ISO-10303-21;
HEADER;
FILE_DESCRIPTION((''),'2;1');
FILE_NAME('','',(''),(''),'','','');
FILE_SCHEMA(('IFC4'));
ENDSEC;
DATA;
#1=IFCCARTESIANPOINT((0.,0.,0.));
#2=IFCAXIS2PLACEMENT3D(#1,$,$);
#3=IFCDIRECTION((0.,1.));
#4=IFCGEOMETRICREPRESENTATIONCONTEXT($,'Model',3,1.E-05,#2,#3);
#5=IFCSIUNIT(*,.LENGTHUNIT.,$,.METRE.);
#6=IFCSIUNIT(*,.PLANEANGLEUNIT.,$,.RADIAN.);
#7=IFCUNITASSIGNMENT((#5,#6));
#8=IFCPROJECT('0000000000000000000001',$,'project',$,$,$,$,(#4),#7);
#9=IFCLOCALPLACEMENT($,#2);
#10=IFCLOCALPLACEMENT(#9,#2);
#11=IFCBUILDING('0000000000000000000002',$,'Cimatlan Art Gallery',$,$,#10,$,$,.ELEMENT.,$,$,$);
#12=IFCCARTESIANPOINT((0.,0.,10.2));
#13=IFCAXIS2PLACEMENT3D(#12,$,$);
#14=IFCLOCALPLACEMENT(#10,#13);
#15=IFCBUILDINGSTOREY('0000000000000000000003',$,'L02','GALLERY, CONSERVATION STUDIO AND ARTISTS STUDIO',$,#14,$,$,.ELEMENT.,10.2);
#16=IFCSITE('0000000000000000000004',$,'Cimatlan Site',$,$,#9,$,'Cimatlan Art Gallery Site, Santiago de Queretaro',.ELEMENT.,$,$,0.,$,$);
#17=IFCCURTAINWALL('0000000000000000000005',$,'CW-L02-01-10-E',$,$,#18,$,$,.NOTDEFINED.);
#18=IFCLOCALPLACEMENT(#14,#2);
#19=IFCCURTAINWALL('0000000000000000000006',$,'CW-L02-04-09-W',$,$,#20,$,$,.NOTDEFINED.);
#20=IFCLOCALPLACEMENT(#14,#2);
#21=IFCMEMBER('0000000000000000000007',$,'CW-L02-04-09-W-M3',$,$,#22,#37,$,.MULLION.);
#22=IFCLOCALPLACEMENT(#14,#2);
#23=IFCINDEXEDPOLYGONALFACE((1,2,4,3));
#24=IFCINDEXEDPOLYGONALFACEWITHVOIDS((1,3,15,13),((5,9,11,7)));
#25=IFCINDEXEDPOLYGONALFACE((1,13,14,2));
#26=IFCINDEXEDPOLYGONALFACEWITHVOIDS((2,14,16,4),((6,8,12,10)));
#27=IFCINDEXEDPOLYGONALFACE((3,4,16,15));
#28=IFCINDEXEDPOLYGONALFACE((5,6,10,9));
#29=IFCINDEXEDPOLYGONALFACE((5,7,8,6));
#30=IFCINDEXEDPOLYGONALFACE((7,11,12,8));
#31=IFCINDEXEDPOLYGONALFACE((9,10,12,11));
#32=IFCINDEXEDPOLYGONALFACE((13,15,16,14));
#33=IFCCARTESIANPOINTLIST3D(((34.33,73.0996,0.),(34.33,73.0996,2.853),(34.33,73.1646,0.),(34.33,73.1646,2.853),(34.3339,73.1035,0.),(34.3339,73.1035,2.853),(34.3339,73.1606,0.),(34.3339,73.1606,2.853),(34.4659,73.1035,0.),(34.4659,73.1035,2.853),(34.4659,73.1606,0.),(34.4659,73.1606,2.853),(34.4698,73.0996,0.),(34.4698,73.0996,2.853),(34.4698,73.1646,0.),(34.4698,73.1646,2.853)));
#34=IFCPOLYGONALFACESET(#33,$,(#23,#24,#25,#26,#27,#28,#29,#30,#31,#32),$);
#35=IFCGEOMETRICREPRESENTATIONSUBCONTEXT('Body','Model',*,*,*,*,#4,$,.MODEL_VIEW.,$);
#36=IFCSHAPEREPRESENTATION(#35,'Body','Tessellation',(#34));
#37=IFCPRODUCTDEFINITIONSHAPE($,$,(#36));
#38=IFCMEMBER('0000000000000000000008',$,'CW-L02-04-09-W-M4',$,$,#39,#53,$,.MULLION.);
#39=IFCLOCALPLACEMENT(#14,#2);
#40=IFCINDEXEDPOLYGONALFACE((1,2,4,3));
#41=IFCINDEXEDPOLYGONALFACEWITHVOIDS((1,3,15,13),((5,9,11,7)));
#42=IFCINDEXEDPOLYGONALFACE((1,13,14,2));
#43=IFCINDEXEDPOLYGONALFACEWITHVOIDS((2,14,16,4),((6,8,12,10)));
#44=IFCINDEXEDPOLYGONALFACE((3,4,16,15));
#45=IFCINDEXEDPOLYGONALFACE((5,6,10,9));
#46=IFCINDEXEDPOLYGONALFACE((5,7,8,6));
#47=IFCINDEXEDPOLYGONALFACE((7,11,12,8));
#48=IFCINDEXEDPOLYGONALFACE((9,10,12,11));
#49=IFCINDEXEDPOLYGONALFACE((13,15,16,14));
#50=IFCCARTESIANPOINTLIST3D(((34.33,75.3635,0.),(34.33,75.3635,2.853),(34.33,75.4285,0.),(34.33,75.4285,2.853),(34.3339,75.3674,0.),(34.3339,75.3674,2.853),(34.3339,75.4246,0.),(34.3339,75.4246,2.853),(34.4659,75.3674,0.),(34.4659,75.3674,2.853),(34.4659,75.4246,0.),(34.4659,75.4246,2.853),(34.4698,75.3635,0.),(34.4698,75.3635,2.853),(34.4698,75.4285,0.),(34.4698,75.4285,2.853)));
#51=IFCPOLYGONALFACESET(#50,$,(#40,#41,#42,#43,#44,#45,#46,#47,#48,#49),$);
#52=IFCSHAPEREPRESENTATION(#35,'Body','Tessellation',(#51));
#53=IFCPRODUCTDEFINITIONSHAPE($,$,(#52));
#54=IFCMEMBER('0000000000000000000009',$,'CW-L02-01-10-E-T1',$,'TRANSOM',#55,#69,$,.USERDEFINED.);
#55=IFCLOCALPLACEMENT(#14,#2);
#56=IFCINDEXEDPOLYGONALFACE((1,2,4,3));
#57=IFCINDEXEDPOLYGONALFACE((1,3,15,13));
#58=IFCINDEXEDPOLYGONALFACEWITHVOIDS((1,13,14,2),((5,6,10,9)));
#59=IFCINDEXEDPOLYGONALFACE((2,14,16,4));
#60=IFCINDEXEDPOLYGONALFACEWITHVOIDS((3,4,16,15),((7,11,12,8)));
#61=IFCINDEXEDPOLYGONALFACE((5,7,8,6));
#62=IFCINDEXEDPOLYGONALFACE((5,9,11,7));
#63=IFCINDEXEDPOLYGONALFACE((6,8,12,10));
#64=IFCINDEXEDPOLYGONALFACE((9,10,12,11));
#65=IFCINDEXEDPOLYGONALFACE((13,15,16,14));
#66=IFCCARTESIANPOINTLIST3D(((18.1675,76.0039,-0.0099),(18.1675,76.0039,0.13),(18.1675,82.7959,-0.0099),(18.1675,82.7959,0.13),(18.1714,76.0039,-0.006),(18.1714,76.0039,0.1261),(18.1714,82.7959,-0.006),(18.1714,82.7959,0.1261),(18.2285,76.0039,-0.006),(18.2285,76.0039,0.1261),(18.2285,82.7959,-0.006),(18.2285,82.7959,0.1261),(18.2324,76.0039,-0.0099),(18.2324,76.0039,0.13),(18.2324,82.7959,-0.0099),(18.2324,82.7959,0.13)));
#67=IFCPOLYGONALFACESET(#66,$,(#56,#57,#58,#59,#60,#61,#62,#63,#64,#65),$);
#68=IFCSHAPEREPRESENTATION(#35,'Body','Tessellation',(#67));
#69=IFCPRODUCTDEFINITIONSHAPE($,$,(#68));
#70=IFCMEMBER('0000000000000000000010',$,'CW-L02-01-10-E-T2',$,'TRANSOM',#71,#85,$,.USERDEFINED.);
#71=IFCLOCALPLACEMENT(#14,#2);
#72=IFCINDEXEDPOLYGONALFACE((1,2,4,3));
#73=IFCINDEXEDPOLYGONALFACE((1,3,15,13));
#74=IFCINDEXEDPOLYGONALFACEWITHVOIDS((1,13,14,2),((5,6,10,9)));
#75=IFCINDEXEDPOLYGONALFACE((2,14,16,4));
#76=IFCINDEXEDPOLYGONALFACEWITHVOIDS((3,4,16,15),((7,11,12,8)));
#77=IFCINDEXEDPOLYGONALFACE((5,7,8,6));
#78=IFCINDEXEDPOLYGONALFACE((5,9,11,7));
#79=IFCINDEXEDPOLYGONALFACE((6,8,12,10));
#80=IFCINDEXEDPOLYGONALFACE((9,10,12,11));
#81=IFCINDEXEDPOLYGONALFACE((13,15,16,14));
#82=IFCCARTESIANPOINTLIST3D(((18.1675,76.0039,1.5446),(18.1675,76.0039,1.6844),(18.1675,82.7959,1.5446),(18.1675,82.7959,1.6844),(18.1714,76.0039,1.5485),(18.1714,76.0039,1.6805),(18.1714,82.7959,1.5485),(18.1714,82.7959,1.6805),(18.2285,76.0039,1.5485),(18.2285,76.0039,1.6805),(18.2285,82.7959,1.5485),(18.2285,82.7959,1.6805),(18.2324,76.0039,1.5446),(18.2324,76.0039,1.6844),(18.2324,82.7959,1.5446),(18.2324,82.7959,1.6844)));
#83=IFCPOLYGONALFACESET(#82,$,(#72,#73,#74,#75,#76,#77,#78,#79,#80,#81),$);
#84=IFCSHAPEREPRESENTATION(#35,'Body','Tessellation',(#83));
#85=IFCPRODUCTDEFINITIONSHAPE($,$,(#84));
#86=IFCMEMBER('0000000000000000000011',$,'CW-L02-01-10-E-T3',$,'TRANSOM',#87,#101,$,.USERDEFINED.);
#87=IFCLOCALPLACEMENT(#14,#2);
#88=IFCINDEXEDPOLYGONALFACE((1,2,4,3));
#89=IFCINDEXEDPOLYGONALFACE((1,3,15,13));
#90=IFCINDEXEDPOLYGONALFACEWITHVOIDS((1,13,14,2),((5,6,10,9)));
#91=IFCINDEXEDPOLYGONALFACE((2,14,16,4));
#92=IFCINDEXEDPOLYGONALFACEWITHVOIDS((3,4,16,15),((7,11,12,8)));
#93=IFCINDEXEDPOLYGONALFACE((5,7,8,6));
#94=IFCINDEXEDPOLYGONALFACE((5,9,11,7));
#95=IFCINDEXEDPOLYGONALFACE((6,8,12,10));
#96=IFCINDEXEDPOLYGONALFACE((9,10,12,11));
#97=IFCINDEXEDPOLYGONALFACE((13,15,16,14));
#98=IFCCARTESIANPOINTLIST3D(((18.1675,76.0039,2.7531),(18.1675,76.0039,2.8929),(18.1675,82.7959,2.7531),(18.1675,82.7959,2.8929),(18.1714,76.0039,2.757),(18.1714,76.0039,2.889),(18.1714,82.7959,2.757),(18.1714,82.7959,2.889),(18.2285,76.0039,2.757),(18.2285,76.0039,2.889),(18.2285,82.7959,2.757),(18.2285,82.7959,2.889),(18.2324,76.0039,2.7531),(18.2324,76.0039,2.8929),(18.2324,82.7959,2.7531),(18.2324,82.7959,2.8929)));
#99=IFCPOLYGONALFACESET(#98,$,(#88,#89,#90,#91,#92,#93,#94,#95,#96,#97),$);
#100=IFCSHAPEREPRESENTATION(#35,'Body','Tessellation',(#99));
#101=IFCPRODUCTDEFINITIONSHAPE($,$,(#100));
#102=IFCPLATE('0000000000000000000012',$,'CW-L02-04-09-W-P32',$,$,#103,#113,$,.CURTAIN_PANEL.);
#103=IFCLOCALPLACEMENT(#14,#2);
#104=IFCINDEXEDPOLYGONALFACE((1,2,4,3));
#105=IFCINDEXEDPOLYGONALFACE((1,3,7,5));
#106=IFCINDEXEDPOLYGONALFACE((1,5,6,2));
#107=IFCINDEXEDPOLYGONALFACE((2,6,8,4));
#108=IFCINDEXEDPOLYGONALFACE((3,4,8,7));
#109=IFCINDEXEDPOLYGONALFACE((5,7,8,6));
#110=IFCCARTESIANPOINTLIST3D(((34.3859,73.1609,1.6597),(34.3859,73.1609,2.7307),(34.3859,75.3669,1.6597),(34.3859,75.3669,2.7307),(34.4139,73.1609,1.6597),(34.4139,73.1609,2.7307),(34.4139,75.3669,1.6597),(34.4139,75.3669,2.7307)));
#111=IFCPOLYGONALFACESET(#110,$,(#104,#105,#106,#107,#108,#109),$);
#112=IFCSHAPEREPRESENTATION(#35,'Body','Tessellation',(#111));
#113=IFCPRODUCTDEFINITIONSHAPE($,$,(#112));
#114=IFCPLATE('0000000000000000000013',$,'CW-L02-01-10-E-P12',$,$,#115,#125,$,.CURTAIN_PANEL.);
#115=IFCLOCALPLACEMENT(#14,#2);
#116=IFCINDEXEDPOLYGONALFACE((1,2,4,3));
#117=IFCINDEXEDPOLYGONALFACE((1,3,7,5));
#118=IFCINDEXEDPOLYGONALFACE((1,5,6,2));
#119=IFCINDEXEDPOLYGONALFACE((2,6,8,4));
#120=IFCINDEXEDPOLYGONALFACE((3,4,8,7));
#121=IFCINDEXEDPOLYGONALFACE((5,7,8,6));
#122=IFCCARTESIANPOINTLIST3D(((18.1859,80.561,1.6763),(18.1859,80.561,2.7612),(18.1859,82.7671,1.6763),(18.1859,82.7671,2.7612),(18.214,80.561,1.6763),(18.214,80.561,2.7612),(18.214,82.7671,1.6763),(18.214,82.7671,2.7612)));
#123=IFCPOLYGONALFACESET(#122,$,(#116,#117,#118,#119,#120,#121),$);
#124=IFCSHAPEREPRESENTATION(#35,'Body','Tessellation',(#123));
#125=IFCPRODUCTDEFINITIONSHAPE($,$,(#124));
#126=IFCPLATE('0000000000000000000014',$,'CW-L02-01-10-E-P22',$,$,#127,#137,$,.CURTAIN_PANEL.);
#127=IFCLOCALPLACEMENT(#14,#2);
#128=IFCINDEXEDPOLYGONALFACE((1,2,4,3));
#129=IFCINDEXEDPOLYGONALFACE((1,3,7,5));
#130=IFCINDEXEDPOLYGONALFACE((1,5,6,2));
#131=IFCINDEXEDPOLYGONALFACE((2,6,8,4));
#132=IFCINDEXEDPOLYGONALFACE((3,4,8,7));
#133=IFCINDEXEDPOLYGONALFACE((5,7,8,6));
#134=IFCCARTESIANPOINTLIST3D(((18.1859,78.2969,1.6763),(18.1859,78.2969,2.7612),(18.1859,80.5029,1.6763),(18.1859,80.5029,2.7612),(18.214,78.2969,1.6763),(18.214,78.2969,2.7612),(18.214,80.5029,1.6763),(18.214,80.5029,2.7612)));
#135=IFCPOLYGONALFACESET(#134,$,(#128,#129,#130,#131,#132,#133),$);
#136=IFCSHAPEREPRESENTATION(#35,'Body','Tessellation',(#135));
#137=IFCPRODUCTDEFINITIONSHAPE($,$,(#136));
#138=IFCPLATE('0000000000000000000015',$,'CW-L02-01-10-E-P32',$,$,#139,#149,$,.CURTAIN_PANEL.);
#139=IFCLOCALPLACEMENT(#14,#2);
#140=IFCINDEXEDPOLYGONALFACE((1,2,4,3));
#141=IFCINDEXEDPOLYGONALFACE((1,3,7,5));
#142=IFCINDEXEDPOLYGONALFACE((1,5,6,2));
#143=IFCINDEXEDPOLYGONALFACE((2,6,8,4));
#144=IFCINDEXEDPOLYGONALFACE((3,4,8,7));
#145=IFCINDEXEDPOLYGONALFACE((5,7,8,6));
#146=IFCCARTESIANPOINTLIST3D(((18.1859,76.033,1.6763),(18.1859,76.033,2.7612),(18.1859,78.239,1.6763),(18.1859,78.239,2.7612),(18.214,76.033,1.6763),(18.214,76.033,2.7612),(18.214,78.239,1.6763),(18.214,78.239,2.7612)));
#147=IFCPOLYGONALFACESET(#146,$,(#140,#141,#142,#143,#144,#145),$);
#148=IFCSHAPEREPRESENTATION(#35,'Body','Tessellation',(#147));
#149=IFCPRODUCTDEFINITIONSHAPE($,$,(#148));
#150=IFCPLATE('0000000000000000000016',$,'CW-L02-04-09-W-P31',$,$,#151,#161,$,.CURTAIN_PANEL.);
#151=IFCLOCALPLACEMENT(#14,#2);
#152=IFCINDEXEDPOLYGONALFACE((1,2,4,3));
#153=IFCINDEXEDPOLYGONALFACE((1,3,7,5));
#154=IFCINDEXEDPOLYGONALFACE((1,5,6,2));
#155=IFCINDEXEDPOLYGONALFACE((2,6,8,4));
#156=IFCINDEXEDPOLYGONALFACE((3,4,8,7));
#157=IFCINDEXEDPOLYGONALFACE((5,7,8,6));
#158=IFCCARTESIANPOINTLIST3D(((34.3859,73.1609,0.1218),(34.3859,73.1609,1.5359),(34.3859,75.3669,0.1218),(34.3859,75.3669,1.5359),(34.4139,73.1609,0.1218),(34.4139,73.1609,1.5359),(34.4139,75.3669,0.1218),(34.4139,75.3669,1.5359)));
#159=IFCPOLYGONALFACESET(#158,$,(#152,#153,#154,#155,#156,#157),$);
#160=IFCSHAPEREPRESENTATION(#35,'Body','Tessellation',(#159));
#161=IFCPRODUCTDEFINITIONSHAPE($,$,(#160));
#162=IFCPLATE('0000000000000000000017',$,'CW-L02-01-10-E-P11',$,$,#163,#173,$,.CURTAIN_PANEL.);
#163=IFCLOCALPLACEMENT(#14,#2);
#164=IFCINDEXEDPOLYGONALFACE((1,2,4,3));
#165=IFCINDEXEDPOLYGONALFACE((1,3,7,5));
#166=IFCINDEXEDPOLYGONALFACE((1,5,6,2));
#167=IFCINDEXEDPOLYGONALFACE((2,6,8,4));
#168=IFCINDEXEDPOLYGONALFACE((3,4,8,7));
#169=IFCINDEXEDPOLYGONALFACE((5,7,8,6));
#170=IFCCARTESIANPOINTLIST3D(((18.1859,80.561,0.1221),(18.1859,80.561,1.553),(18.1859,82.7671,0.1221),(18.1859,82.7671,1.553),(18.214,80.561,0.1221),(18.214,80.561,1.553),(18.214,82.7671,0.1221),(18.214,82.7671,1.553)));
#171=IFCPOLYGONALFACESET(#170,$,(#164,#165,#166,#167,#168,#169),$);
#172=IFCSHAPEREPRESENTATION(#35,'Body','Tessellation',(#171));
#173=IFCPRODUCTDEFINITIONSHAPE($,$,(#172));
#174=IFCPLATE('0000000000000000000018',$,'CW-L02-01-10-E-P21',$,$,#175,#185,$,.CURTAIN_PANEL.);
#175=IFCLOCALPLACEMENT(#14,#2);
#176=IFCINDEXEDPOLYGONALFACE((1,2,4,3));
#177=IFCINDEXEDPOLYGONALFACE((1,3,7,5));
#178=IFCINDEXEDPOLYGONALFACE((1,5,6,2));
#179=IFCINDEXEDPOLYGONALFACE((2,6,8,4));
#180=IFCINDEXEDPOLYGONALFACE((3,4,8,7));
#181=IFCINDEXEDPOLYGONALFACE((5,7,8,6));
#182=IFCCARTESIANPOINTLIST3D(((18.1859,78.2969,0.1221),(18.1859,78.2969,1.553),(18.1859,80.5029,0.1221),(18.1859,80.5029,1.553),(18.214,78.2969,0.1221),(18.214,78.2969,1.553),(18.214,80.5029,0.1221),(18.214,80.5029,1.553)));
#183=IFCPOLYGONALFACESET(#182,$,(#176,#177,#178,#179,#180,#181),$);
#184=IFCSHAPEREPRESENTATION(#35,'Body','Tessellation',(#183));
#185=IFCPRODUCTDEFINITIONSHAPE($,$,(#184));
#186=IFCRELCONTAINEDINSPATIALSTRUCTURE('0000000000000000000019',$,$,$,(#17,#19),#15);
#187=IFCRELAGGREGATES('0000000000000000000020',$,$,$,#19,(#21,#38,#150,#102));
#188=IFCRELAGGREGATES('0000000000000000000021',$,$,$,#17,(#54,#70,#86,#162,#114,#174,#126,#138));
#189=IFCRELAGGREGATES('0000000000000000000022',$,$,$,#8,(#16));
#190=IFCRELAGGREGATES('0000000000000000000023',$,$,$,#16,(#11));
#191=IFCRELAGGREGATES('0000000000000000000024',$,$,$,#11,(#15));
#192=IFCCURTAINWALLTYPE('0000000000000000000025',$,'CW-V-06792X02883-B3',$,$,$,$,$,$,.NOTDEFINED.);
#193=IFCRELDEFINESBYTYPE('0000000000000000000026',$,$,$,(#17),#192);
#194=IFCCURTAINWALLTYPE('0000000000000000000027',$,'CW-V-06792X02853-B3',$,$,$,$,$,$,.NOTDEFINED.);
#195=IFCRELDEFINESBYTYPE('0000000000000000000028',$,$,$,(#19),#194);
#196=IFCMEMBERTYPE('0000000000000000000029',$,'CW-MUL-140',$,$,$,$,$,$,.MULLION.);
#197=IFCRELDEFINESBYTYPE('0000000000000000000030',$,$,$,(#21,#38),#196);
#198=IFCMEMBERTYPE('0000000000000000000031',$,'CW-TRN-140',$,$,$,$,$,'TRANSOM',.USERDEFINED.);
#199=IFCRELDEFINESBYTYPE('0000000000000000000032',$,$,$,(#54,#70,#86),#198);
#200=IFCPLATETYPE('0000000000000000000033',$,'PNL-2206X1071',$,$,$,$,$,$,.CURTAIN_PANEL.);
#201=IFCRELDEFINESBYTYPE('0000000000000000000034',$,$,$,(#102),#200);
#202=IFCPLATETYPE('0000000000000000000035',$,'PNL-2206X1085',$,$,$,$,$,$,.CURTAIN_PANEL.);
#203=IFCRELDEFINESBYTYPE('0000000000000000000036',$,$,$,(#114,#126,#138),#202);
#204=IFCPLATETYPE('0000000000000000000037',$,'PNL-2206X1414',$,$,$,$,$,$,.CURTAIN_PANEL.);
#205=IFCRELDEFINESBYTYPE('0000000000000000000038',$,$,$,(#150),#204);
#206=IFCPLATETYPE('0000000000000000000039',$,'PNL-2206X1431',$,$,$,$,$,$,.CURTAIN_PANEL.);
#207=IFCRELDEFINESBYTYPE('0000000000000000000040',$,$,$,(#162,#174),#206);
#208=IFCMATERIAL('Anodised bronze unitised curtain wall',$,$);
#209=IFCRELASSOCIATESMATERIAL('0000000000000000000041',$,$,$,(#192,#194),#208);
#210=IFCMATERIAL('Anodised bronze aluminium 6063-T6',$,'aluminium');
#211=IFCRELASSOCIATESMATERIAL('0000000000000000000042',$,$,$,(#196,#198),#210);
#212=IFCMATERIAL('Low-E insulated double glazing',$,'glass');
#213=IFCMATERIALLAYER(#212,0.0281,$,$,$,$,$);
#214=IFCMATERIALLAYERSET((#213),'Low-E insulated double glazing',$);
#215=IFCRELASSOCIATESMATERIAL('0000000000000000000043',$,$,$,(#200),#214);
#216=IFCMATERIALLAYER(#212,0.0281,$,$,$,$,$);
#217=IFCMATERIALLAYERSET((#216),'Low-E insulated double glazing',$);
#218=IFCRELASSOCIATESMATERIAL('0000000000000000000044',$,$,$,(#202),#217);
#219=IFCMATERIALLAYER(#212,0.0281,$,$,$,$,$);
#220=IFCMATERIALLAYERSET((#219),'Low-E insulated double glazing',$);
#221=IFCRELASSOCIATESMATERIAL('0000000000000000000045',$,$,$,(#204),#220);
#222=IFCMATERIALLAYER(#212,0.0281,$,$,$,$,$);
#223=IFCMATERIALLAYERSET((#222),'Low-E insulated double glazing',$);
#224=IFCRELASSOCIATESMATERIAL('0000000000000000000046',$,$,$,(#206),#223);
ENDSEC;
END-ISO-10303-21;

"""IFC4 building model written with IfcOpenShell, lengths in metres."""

from ifc_helpers import new_model, si_unit, direction, frame, origin, origin_2d, place, context, subcontext, project, spatial, rectangle, hollow_rectangle, extrude, material, layer, layer_set, material_profile, profile_set, type_object, element, aggregate, save


model = new_model("IFC4")

# Units and contexts
model_context = context("Model", 3, precision=1e-05, world=origin(), true_north=direction((0.0, 1.0)))
body_context = subcontext(model_context, "Body", "Model", "MODEL_VIEW")
ifc_project = project(units=[si_unit("LENGTHUNIT", "METRE"), si_unit("PLANEANGLEUNIT", "RADIAN")], contexts=[model_context])

# Site, building, storey
site_placement = place(None, origin())
site = spatial("IfcSite", under=ifc_project, at=site_placement, Name="Cimatlan Site", LongName="Cimatlan Art Gallery Site, Santiago de Queretaro", CompositionType="ELEMENT", RefElevation=0.0)
building_placement = place(site_placement, origin())
building = spatial("IfcBuilding", under=site, at=building_placement, Name="Cimatlan Art Gallery", CompositionType="ELEMENT")
storey_placement = place(building_placement, frame((0.0, 0.0, 10.2)))
storey = spatial("IfcBuildingStorey", under=building, at=storey_placement, Name="L02", Description="GALLERY, CONSERVATION STUDIO AND ARTISTS STUDIO", CompositionType="ELEMENT", Elevation=10.2)

# Curtain walls, members
ifc_material_1 = material(Name="Anodised bronze unitised curtain wall")
curtain_wall_type_1 = type_object("IfcCurtainWallType", Name="CW-V-06792X02883-B3", PredefinedType="NOTDEFINED", material=ifc_material_1)
curtain_wall_1_placement = place(storey_placement, origin())
curtain_wall_1 = element("IfcCurtainWall", 1, at=curtain_wall_1_placement, inside=storey, type_object=curtain_wall_type_1, Name="CW-L02-01-10-E", PredefinedType="NOTDEFINED")
ifc_material_2 = material(Name="Anodised bronze aluminium 6063-T6", Category="aluminium")
ifc_material_profile_1 = material_profile(ifc_material_2, hollow_rectangle(XDim=0.0649, YDim=0.1399, WallThickness=0.0039, at=origin_2d()), Name="ALU65X140X4")
ifc_profile_set_1 = profile_set([ifc_material_profile_1], Name="Anodised bronze aluminium 6063-T6")
member_type_1 = type_object("IfcMemberType", Name="CW-MUL-140", PredefinedType="MULLION", material=ifc_profile_set_1)
curtain_wall_type_2 = type_object("IfcCurtainWallType", Name="CW-V-06792X02853-B3", PredefinedType="NOTDEFINED", material=ifc_material_1)
curtain_wall_2_placement = place(storey_placement, origin())
curtain_wall_2 = element("IfcCurtainWall", 2, at=curtain_wall_2_placement, inside=storey, type_object=curtain_wall_type_2, Name="CW-L02-04-09-W", PredefinedType="NOTDEFINED")
member_1_placement = place(storey_placement, frame((34.3999, 73.1321, 0.0), z_axis=(0.0, 0.0, 1.0), x_axis=(0.0, 1.0, 0.0)))
member_1 = element("IfcMember", 3, at=member_1_placement, type_object=member_type_1, Name="CW-L02-04-09-W-M3", PredefinedType="MULLION", context=body_context, shape_type="SweptSolid", body=[
    extrude(hollow_rectangle(XDim=0.0649, YDim=0.1399, WallThickness=0.0039, at=origin_2d()), origin(), (0.0, 0.0, 1.0), 2.853),
])
member_2_placement = place(storey_placement, frame((34.3999, 75.396, 0.0), z_axis=(0.0, 0.0, 1.0), x_axis=(0.0, 1.0, 0.0)))
member_2 = element("IfcMember", 4, at=member_2_placement, type_object=member_type_1, Name="CW-L02-04-09-W-M4", PredefinedType="MULLION", context=body_context, shape_type="SweptSolid", body=[
    extrude(hollow_rectangle(XDim=0.0649, YDim=0.1399, WallThickness=0.0039, at=origin_2d()), origin(), (0.0, 0.0, 1.0), 2.853),
])

# Members
ifc_material_profile_2 = material_profile(ifc_material_2, hollow_rectangle(XDim=0.0649, YDim=0.1399, WallThickness=0.0039, at=origin_2d()), Name="ALU65X140X4")
ifc_profile_set_2 = profile_set([ifc_material_profile_2], Name="Anodised bronze aluminium 6063-T6")
member_type_2 = type_object("IfcMemberType", Name="CW-TRN-140", ElementType="TRANSOM", PredefinedType="USERDEFINED", material=ifc_profile_set_2)
member_3_placement = place(storey_placement, frame((18.2, 82.7959, 0.0601), z_axis=(0.0, -1.0, 0.0), x_axis=(1.0, 0.0, 0.0)))
member_3 = element("IfcMember", 5, at=member_3_placement, type_object=member_type_2, Name="CW-L02-01-10-E-T1", ObjectType="TRANSOM", PredefinedType="USERDEFINED", context=body_context, shape_type="SweptSolid", body=[
    extrude(hollow_rectangle(XDim=0.0649, YDim=0.1399, WallThickness=0.0039, at=origin_2d()), origin(), (0.0, 0.0, 1.0), 6.792),
])
member_4_placement = place(storey_placement, frame((18.2, 82.7959, 1.6145), z_axis=(0.0, -1.0, 0.0), x_axis=(1.0, 0.0, 0.0)))
member_4 = element("IfcMember", 6, at=member_4_placement, type_object=member_type_2, Name="CW-L02-01-10-E-T2", ObjectType="TRANSOM", PredefinedType="USERDEFINED", context=body_context, shape_type="SweptSolid", body=[
    extrude(hollow_rectangle(XDim=0.0649, YDim=0.1399, WallThickness=0.0039, at=origin_2d()), origin(), (0.0, 0.0, 1.0), 6.792),
])
member_5_placement = place(storey_placement, frame((18.2, 82.7959, 2.823), z_axis=(0.0, -1.0, 0.0), x_axis=(1.0, 0.0, 0.0)))
member_5 = element("IfcMember", 7, at=member_5_placement, type_object=member_type_2, Name="CW-L02-01-10-E-T3", ObjectType="TRANSOM", PredefinedType="USERDEFINED", context=body_context, shape_type="SweptSolid", body=[
    extrude(hollow_rectangle(XDim=0.0649, YDim=0.1399, WallThickness=0.0039, at=origin_2d()), origin(), (0.0, 0.0, 1.0), 6.792),
])

# Plates
ifc_material_3 = material(Name="Low-E insulated double glazing", Category="glass")
ifc_layer_1 = layer(ifc_material_3, 0.0281)
ifc_layer_set_1 = layer_set([ifc_layer_1], Name="Low-E insulated double glazing")
plate_type_1 = type_object("IfcPlateType", Name="PNL-2206X1071", PredefinedType="CURTAIN_PANEL", material=ifc_layer_set_1)
plate_1_placement = place(storey_placement, frame((34.3999, 74.2639, 1.6597), z_axis=(0.0, 0.0, 1.0), x_axis=(0.0, 1.0, 0.0)))
plate_1 = element("IfcPlate", 8, at=plate_1_placement, type_object=plate_type_1, Name="CW-L02-04-09-W-P32", PredefinedType="CURTAIN_PANEL", context=body_context, shape_type="SweptSolid", body=[
    extrude(rectangle(XDim=2.2061, YDim=0.0281, at=origin_2d()), origin(), (0.0, 0.0, 1.0), 1.071),
])
ifc_layer_2 = layer(ifc_material_3, 0.0281)
ifc_layer_set_2 = layer_set([ifc_layer_2], Name="Low-E insulated double glazing")
plate_type_2 = type_object("IfcPlateType", Name="PNL-2206X1085", PredefinedType="CURTAIN_PANEL", material=ifc_layer_set_2)
plate_2_placement = place(storey_placement, frame((18.2, 81.6641, 1.6763), z_axis=(0.0, 0.0, 1.0), x_axis=(0.0, -1.0, 0.0)))
plate_2 = element("IfcPlate", 9, at=plate_2_placement, type_object=plate_type_2, Name="CW-L02-01-10-E-P12", PredefinedType="CURTAIN_PANEL", context=body_context, shape_type="SweptSolid", body=[
    extrude(rectangle(XDim=2.2061, YDim=0.0281, at=origin_2d()), origin(), (0.0, 0.0, 1.0), 1.085),
])
plate_3_placement = place(storey_placement, frame((18.2, 79.3999, 1.6763), z_axis=(0.0, 0.0, 1.0), x_axis=(0.0, -1.0, 0.0)))
plate_3 = element("IfcPlate", 10, at=plate_3_placement, type_object=plate_type_2, Name="CW-L02-01-10-E-P22", PredefinedType="CURTAIN_PANEL", context=body_context, shape_type="SweptSolid", body=[
    extrude(rectangle(XDim=2.2061, YDim=0.0281, at=origin_2d()), origin(), (0.0, 0.0, 1.0), 1.085),
])
plate_4_placement = place(storey_placement, frame((18.2, 77.136, 1.6763), z_axis=(0.0, 0.0, 1.0), x_axis=(0.0, -1.0, 0.0)))
plate_4 = element("IfcPlate", 11, at=plate_4_placement, type_object=plate_type_2, Name="CW-L02-01-10-E-P32", PredefinedType="CURTAIN_PANEL", context=body_context, shape_type="SweptSolid", body=[
    extrude(rectangle(XDim=2.2061, YDim=0.0281, at=origin_2d()), origin(), (0.0, 0.0, 1.0), 1.085),
])
ifc_layer_3 = layer(ifc_material_3, 0.0281)
ifc_layer_set_3 = layer_set([ifc_layer_3], Name="Low-E insulated double glazing")
plate_type_3 = type_object("IfcPlateType", Name="PNL-2206X1414", PredefinedType="CURTAIN_PANEL", material=ifc_layer_set_3)
plate_5_placement = place(storey_placement, frame((34.3999, 74.2639, 0.1218), z_axis=(0.0, 0.0, 1.0), x_axis=(0.0, 1.0, 0.0)))
plate_5 = element("IfcPlate", 12, at=plate_5_placement, type_object=plate_type_3, Name="CW-L02-04-09-W-P31", PredefinedType="CURTAIN_PANEL", context=body_context, shape_type="SweptSolid", body=[
    extrude(rectangle(XDim=2.2061, YDim=0.0281, at=origin_2d()), origin(), (0.0, 0.0, 1.0), 1.4141),
])
aggregate(curtain_wall_2, [member_1, member_2, plate_5, plate_1])
ifc_layer_4 = layer(ifc_material_3, 0.0281)
ifc_layer_set_4 = layer_set([ifc_layer_4], Name="Low-E insulated double glazing")
plate_type_4 = type_object("IfcPlateType", Name="PNL-2206X1431", PredefinedType="CURTAIN_PANEL", material=ifc_layer_set_4)
plate_6_placement = place(storey_placement, frame((18.2, 81.6641, 0.1221), z_axis=(0.0, 0.0, 1.0), x_axis=(0.0, -1.0, 0.0)))
plate_6 = element("IfcPlate", 13, at=plate_6_placement, type_object=plate_type_4, Name="CW-L02-01-10-E-P11", PredefinedType="CURTAIN_PANEL", context=body_context, shape_type="SweptSolid", body=[
    extrude(rectangle(XDim=2.2061, YDim=0.0281, at=origin_2d()), origin(), (0.0, 0.0, 1.0), 1.4309),
])
plate_7_placement = place(storey_placement, frame((18.2, 79.3999, 0.1221), z_axis=(0.0, 0.0, 1.0), x_axis=(0.0, -1.0, 0.0)))
plate_7 = element("IfcPlate", 14, at=plate_7_placement, type_object=plate_type_4, Name="CW-L02-01-10-E-P21", PredefinedType="CURTAIN_PANEL", context=body_context, shape_type="SweptSolid", body=[
    extrude(rectangle(XDim=2.2061, YDim=0.0281, at=origin_2d()), origin(), (0.0, 0.0, 1.0), 1.4309),
])
aggregate(curtain_wall_1, [member_3, member_4, member_5, plate_6, plate_2, plate_7, plate_3, plate_4])

save(model, "model.ifc")
